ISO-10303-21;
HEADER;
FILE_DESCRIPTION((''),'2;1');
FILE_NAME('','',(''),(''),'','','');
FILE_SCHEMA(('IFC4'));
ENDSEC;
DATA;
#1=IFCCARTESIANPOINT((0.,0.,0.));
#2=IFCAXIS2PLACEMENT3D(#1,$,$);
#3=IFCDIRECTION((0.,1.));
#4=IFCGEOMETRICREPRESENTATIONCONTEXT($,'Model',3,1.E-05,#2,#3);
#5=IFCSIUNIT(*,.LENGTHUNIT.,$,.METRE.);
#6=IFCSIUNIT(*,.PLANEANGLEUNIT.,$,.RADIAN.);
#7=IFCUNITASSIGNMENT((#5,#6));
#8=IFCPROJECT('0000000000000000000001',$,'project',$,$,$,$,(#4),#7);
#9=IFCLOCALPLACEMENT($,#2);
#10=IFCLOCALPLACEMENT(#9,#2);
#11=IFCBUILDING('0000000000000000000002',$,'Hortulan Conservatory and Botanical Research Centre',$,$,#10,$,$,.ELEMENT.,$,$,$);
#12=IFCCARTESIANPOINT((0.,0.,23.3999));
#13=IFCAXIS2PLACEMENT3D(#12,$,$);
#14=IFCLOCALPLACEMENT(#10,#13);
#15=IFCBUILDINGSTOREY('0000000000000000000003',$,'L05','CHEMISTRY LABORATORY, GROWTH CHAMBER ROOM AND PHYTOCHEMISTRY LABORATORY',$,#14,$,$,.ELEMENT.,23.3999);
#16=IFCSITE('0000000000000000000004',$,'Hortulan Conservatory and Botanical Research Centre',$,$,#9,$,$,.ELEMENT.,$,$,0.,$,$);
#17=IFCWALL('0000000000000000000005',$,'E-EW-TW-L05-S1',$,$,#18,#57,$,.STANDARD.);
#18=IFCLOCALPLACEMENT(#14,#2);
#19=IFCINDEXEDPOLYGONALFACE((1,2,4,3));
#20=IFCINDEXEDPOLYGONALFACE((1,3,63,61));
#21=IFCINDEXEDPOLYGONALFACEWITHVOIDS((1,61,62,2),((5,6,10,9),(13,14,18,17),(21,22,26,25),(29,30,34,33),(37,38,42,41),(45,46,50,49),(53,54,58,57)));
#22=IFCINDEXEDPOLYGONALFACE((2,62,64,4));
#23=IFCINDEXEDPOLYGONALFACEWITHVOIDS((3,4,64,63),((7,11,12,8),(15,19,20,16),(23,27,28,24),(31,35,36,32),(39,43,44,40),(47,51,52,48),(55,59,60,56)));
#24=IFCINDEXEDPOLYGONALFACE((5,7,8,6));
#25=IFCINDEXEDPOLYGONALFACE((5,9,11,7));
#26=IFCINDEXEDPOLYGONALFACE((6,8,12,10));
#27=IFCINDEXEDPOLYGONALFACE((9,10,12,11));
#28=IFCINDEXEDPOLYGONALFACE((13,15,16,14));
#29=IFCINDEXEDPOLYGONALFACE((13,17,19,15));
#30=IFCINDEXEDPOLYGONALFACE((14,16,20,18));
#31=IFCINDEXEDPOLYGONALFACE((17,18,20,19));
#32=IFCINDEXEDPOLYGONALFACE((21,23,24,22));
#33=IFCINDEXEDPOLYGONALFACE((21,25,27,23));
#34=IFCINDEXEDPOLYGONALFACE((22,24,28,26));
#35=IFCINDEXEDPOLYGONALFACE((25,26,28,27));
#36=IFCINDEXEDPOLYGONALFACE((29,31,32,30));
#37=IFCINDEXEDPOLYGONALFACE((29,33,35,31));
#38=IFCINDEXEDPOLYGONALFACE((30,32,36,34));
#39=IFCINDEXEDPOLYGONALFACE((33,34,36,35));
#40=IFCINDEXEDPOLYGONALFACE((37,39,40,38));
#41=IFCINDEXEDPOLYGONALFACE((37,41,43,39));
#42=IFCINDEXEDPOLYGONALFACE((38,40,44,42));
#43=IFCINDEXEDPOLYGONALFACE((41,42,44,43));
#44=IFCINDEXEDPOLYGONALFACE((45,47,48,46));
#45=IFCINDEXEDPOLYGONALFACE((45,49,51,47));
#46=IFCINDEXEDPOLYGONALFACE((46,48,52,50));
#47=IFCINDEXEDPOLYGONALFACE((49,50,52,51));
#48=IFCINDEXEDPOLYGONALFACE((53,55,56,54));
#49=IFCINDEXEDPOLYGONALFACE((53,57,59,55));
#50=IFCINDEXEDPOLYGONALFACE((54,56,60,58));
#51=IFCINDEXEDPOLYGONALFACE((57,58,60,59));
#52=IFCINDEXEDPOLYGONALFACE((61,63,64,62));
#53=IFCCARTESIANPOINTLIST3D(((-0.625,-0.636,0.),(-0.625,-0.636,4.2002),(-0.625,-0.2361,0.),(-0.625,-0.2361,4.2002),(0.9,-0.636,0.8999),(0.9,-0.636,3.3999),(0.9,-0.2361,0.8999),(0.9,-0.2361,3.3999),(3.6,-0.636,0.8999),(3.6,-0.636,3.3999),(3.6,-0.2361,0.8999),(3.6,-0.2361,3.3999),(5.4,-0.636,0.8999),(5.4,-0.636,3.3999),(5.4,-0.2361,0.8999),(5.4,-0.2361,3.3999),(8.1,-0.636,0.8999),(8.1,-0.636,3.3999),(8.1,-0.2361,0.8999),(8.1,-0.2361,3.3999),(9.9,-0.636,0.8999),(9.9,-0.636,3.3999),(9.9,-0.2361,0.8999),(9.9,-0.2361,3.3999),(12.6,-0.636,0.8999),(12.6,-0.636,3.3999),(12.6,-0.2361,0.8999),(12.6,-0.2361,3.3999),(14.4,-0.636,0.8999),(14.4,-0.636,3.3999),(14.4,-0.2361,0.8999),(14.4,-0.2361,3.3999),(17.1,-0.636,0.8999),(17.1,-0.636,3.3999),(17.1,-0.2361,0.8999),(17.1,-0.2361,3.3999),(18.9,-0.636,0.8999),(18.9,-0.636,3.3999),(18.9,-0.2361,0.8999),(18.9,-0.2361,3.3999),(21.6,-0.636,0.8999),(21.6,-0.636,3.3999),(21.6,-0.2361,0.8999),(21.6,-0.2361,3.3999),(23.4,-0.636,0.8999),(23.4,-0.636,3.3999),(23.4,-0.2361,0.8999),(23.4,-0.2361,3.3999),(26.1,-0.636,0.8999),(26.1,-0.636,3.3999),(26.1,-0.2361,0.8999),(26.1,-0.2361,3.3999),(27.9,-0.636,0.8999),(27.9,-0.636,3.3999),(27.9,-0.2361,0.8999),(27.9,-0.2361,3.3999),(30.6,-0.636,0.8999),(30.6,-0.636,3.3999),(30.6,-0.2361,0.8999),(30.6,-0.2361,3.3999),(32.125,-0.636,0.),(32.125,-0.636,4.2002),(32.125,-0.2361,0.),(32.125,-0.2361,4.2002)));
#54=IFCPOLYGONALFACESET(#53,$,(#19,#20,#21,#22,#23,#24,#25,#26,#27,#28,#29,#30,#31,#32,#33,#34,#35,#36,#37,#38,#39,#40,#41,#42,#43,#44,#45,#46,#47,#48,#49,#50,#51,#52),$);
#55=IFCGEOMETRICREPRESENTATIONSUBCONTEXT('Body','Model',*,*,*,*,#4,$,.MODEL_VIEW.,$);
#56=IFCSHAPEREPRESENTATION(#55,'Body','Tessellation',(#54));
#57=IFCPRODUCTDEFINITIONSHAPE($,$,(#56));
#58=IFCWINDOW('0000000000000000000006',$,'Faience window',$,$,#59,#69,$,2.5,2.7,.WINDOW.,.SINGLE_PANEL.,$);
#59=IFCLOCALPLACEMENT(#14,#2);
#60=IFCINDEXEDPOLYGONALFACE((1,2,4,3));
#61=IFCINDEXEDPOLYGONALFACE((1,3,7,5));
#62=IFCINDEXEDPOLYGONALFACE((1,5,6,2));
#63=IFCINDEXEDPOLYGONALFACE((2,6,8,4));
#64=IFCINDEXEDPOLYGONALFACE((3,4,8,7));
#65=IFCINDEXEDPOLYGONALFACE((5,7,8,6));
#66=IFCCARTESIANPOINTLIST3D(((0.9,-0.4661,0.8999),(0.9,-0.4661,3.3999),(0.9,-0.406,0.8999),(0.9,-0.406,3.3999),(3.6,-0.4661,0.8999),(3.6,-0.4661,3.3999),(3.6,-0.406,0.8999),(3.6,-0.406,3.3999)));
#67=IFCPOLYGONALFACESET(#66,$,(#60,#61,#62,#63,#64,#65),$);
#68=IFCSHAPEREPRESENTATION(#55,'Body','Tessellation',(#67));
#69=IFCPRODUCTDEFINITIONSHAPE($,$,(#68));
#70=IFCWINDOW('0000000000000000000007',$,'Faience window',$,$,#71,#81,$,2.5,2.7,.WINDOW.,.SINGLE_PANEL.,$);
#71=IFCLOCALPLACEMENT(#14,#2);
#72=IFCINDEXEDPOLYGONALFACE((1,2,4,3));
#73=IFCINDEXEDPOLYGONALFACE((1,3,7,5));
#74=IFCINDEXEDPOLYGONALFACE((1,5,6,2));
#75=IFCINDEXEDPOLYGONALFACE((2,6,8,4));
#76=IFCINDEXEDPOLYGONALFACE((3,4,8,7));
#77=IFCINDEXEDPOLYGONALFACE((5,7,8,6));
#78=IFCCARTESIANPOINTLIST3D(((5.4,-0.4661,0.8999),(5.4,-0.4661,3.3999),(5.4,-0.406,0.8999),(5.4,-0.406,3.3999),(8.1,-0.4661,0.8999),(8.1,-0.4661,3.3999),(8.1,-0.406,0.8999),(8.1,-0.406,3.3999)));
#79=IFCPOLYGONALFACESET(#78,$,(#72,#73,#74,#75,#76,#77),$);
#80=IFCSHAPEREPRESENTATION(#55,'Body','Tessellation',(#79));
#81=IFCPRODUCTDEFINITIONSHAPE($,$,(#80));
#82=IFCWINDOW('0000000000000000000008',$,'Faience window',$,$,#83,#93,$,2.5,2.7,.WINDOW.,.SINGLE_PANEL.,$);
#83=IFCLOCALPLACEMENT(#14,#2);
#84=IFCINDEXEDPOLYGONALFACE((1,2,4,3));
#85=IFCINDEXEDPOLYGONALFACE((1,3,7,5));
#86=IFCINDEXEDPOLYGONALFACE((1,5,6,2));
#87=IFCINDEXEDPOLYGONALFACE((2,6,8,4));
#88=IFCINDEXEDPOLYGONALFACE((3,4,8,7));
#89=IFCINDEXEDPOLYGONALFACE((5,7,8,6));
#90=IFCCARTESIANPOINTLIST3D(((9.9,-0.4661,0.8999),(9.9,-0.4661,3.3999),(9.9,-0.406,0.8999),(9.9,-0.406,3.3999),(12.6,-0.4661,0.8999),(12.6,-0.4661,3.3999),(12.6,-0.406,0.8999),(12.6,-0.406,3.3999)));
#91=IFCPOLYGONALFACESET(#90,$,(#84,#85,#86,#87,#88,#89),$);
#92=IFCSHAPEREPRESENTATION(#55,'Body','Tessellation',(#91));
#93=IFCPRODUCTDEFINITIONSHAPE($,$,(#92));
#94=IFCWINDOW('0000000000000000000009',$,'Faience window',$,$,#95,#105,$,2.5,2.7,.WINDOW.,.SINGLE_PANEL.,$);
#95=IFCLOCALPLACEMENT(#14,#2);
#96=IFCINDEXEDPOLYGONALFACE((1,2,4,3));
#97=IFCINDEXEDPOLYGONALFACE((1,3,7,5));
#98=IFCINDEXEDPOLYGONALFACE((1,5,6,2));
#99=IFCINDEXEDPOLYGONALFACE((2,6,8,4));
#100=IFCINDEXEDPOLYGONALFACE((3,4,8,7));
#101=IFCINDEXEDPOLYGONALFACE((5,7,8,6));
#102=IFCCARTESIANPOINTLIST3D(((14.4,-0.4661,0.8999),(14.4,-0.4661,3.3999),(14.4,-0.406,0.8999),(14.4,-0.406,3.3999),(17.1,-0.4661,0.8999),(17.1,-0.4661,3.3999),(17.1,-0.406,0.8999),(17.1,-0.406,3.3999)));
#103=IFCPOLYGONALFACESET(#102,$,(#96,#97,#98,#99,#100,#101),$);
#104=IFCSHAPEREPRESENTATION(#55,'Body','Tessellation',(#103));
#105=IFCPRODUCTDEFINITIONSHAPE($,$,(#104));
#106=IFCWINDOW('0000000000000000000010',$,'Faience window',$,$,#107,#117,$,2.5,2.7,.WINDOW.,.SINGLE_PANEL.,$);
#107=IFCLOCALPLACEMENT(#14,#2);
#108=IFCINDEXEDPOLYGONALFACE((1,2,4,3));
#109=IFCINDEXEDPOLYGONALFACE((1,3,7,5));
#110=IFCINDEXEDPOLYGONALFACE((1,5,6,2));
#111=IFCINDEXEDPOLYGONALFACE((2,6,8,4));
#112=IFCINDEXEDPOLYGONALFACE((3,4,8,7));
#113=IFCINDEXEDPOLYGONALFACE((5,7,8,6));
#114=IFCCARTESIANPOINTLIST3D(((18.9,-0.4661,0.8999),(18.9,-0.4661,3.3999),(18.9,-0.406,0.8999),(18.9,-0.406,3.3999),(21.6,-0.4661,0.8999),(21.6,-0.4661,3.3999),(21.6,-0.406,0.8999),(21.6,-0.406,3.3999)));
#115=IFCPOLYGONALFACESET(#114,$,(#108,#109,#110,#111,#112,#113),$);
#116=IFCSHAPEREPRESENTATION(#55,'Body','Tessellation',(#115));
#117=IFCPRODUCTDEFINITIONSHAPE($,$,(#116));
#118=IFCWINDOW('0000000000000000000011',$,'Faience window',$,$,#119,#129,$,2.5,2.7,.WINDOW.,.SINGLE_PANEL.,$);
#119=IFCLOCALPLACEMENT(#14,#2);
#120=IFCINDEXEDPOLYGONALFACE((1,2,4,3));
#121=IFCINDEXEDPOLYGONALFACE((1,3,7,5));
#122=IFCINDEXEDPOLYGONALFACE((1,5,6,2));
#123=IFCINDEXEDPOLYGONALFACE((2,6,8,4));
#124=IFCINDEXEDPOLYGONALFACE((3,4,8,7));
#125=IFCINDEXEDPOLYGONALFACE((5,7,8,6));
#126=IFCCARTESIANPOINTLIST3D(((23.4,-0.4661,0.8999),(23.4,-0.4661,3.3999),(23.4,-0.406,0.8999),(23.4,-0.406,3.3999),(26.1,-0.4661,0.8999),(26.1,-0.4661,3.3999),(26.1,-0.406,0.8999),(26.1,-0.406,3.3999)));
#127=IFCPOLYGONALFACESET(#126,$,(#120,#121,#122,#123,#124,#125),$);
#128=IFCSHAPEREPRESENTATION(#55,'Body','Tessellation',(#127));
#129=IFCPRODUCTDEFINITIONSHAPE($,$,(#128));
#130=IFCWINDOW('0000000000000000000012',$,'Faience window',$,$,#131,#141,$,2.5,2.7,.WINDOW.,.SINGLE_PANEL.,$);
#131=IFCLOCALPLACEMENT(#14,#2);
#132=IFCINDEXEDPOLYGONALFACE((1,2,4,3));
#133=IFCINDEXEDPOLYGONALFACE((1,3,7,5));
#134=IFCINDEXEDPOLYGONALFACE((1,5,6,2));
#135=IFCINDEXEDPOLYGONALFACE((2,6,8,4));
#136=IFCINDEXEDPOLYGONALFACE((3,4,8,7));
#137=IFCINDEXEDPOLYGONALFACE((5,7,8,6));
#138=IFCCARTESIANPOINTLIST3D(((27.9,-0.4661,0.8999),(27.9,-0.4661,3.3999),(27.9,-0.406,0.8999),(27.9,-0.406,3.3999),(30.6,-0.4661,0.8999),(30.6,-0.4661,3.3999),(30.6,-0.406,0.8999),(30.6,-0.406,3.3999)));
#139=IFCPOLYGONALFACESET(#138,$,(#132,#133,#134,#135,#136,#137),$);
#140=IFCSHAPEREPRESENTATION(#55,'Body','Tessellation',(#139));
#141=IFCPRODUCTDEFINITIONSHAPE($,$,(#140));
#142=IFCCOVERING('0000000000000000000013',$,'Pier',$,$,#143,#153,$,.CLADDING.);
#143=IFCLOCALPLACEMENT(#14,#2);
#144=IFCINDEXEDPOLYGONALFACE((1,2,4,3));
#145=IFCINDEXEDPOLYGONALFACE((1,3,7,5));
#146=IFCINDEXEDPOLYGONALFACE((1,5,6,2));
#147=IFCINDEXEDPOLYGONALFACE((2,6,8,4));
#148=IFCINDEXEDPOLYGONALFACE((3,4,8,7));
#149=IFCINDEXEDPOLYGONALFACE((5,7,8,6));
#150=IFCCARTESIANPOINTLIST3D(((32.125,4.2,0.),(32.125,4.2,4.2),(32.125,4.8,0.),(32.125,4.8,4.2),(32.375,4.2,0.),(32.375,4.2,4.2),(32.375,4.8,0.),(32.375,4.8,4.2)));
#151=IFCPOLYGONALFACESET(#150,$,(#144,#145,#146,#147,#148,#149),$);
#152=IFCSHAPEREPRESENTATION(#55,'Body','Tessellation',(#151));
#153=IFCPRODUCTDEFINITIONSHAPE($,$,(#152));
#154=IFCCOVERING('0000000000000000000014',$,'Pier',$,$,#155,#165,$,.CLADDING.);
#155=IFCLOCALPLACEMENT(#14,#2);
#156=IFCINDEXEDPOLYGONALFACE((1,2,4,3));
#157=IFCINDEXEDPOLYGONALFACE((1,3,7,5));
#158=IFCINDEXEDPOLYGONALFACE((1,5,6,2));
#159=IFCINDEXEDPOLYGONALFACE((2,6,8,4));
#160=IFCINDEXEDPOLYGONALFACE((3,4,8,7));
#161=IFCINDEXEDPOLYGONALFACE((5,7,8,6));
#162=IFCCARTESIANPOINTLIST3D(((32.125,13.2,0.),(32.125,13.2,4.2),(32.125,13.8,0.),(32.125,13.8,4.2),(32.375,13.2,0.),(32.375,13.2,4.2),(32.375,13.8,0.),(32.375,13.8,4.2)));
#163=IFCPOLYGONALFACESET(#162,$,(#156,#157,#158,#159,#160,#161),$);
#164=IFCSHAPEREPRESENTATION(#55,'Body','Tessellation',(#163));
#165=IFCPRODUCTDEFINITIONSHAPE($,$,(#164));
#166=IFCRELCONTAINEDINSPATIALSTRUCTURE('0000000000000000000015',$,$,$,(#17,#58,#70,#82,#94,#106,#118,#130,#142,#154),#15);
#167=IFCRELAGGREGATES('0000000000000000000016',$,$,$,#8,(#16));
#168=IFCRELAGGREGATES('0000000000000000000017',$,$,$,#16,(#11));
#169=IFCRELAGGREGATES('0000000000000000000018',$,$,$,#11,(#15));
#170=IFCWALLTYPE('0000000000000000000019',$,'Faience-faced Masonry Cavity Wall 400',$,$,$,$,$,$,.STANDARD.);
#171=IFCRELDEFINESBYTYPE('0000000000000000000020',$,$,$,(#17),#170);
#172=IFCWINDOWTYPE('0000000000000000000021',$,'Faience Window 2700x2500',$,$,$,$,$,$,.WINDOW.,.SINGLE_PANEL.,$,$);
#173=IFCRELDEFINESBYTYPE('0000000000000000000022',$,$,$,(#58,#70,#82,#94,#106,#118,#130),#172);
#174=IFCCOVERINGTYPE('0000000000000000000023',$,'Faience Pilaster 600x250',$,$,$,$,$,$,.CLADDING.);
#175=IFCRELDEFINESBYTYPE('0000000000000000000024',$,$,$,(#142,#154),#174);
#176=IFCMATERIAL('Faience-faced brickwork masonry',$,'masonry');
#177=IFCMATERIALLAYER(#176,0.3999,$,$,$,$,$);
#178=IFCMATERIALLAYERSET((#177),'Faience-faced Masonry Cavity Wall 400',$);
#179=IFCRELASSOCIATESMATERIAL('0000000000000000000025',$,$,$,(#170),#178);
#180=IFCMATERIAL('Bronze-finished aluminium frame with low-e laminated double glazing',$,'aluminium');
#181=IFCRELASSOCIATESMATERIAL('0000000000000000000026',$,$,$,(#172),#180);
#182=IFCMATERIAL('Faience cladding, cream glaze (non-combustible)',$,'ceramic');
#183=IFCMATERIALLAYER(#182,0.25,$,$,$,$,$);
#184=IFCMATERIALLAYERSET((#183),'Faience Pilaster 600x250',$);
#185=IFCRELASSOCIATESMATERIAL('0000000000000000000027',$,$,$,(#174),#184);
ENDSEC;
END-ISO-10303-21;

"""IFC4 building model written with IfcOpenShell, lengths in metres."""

from ifc_helpers import new_model, si_unit, direction, frame, frame_2d, origin, origin_2d, place, context, subcontext, project, spatial, rectangle, extrude, material, layer, layer_set, type_object, element, fill, save


model = new_model("IFC4")

# Units and contexts
model_context = context("Model", 3, precision=1e-05, world=origin(), true_north=direction((0.0, 1.0)))
body_context = subcontext(model_context, "Body", "Model", "MODEL_VIEW")
ifc_project = project(units=[si_unit("LENGTHUNIT", "METRE"), si_unit("PLANEANGLEUNIT", "RADIAN")], contexts=[model_context])

# Site, building, storey
site_placement = place(None, origin())
site = spatial("IfcSite", under=ifc_project, at=site_placement, Name="Hortulan Conservatory and Botanical Research Centre", CompositionType="ELEMENT", RefElevation=0.0)
building_placement = place(site_placement, origin())
building = spatial("IfcBuilding", under=site, at=building_placement, Name="Hortulan Conservatory and Botanical Research Centre", CompositionType="ELEMENT")
storey_placement = place(building_placement, frame((0.0, 0.0, 23.3999)))
storey = spatial("IfcBuildingStorey", under=building, at=storey_placement, Name="L05", Description="CHEMISTRY LABORATORY, GROWTH CHAMBER ROOM AND PHYTOCHEMISTRY LABORATORY", CompositionType="ELEMENT", Elevation=23.3999)

# Wall, openings, windows
ifc_material_1 = material(Name="Faience-faced brickwork masonry", Category="masonry")
ifc_layer_1 = layer(ifc_material_1, 0.3999)
ifc_layer_set_1 = layer_set([ifc_layer_1], Name="Faience-faced Masonry Cavity Wall 400")
wall_type = type_object("IfcWallType", Name="Faience-faced Masonry Cavity Wall 400", PredefinedType="STANDARD", material=ifc_layer_set_1)
wall_placement = place(storey_placement, frame((32.125, -0.436, 0.0), z_axis=(0.0, 0.0, 1.0), x_axis=(-1.0, 0.0, 0.0)))
wall = element("IfcWall", 1, at=wall_placement, inside=storey, type_object=wall_type, Name="E-EW-TW-L05-S1", PredefinedType="STANDARD", context=body_context, shape_type="SweptSolid", body=[
    extrude(rectangle(XDim=32.75, YDim=0.3999, at=frame_2d((16.375, 0.0))), origin(), (0.0, 0.0, 1.0), 4.2002),
])
opening_1_placement = place(wall_placement, frame((28.5249, 0.0, 0.8999)))
opening_1 = element("IfcOpeningElement", 2, at=opening_1_placement, cuts=wall, PredefinedType="OPENING", context=body_context, shape_type="SweptSolid", body=[
    extrude(rectangle(XDim=2.7, YDim=2.5, at=frame_2d((1.3501, 1.25))), frame((0.0, 0.21, 0.0), z_axis=(0.0, -1.0, 0.0), x_axis=(1.0, 0.0, 0.0)), (0.0, 0.0, 1.0), 0.4199),
])
opening_2_placement = place(wall_placement, frame((24.0249, 0.0, 0.8999)))
opening_2 = element("IfcOpeningElement", 3, at=opening_2_placement, cuts=wall, PredefinedType="OPENING", context=body_context, shape_type="SweptSolid", body=[
    extrude(rectangle(XDim=2.7, YDim=2.5, at=frame_2d((1.3501, 1.25))), frame((0.0, 0.21, 0.0), z_axis=(0.0, -1.0, 0.0), x_axis=(1.0, 0.0, 0.0)), (0.0, 0.0, 1.0), 0.4199),
])
opening_3_placement = place(wall_placement, frame((19.5249, 0.0, 0.8999)))
opening_3 = element("IfcOpeningElement", 4, at=opening_3_placement, cuts=wall, PredefinedType="OPENING", context=body_context, shape_type="SweptSolid", body=[
    extrude(rectangle(XDim=2.7, YDim=2.5, at=frame_2d((1.3501, 1.25))), frame((0.0, 0.21, 0.0), z_axis=(0.0, -1.0, 0.0), x_axis=(1.0, 0.0, 0.0)), (0.0, 0.0, 1.0), 0.4199),
])
opening_4_placement = place(wall_placement, frame((15.0249, 0.0, 0.8999)))
opening_4 = element("IfcOpeningElement", 5, at=opening_4_placement, cuts=wall, PredefinedType="OPENING", context=body_context, shape_type="SweptSolid", body=[
    extrude(rectangle(XDim=2.7, YDim=2.5, at=frame_2d((1.3501, 1.25))), frame((0.0, 0.21, 0.0), z_axis=(0.0, -1.0, 0.0), x_axis=(1.0, 0.0, 0.0)), (0.0, 0.0, 1.0), 0.4199),
])
opening_5_placement = place(wall_placement, frame((10.5249, 0.0, 0.8999)))
opening_5 = element("IfcOpeningElement", 6, at=opening_5_placement, cuts=wall, PredefinedType="OPENING", context=body_context, shape_type="SweptSolid", body=[
    extrude(rectangle(XDim=2.7, YDim=2.5, at=frame_2d((1.3501, 1.25))), frame((0.0, 0.21, 0.0), z_axis=(0.0, -1.0, 0.0), x_axis=(1.0, 0.0, 0.0)), (0.0, 0.0, 1.0), 0.4199),
])
opening_6_placement = place(wall_placement, frame((6.0249, 0.0, 0.8999)))
opening_6 = element("IfcOpeningElement", 7, at=opening_6_placement, cuts=wall, PredefinedType="OPENING", context=body_context, shape_type="SweptSolid", body=[
    extrude(rectangle(XDim=2.7, YDim=2.5, at=frame_2d((1.3501, 1.25))), frame((0.0, 0.21, 0.0), z_axis=(0.0, -1.0, 0.0), x_axis=(1.0, 0.0, 0.0)), (0.0, 0.0, 1.0), 0.4199),
])
opening_7_placement = place(wall_placement, frame((1.5249, 0.0, 0.8999)))
opening_7 = element("IfcOpeningElement", 8, at=opening_7_placement, cuts=wall, PredefinedType="OPENING", context=body_context, shape_type="SweptSolid", body=[
    extrude(rectangle(XDim=2.7, YDim=2.5, at=frame_2d((1.3501, 1.25))), frame((0.0, 0.21, 0.0), z_axis=(0.0, -1.0, 0.0), x_axis=(1.0, 0.0, 0.0)), (0.0, 0.0, 1.0), 0.4199),
])
ifc_material_2 = material(Name="Bronze-finished aluminium frame with low-e laminated double glazing", Category="aluminium")
window_type = type_object("IfcWindowType", Name="Faience Window 2700x2500", PartitioningType="SINGLE_PANEL", PredefinedType="WINDOW", material=ifc_material_2)
window_1_placement = place(opening_1_placement, origin())
window_1 = element("IfcWindow", 9, at=window_1_placement, inside=storey, type_object=window_type, Name="Faience window", OverallHeight=2.5, OverallWidth=2.7, PartitioningType="SINGLE_PANEL", PredefinedType="WINDOW", context=body_context, shape_type="SweptSolid", body=[
    extrude(rectangle(XDim=2.7, YDim=2.5, at=frame_2d((1.3501, 1.25))), frame((0.0, 0.03, 0.0), z_axis=(0.0, -1.0, 0.0), x_axis=(1.0, 0.0, 0.0)), (0.0, 0.0, 1.0), 0.0601),
])
fill(opening_1, window_1)
window_2_placement = place(opening_2_placement, origin())
window_2 = element("IfcWindow", 10, at=window_2_placement, inside=storey, type_object=window_type, Name="Faience window", OverallHeight=2.5, OverallWidth=2.7, PartitioningType="SINGLE_PANEL", PredefinedType="WINDOW", context=body_context, shape_type="SweptSolid", body=[
    extrude(rectangle(XDim=2.7, YDim=2.5, at=frame_2d((1.3501, 1.25))), frame((0.0, 0.03, 0.0), z_axis=(0.0, -1.0, 0.0), x_axis=(1.0, 0.0, 0.0)), (0.0, 0.0, 1.0), 0.0601),
])
fill(opening_2, window_2)
window_3_placement = place(opening_3_placement, origin())
window_3 = element("IfcWindow", 11, at=window_3_placement, inside=storey, type_object=window_type, Name="Faience window", OverallHeight=2.5, OverallWidth=2.7, PartitioningType="SINGLE_PANEL", PredefinedType="WINDOW", context=body_context, shape_type="SweptSolid", body=[
    extrude(rectangle(XDim=2.7, YDim=2.5, at=frame_2d((1.3501, 1.25))), frame((0.0, 0.03, 0.0), z_axis=(0.0, -1.0, 0.0), x_axis=(1.0, 0.0, 0.0)), (0.0, 0.0, 1.0), 0.0601),
])
fill(opening_3, window_3)
window_4_placement = place(opening_4_placement, origin())
window_4 = element("IfcWindow", 12, at=window_4_placement, inside=storey, type_object=window_type, Name="Faience window", OverallHeight=2.5, OverallWidth=2.7, PartitioningType="SINGLE_PANEL", PredefinedType="WINDOW", context=body_context, shape_type="SweptSolid", body=[
    extrude(rectangle(XDim=2.7, YDim=2.5, at=frame_2d((1.3501, 1.25))), frame((0.0, 0.03, 0.0), z_axis=(0.0, -1.0, 0.0), x_axis=(1.0, 0.0, 0.0)), (0.0, 0.0, 1.0), 0.0601),
])
fill(opening_4, window_4)
window_5_placement = place(opening_5_placement, origin())
window_5 = element("IfcWindow", 13, at=window_5_placement, inside=storey, type_object=window_type, Name="Faience window", OverallHeight=2.5, OverallWidth=2.7, PartitioningType="SINGLE_PANEL", PredefinedType="WINDOW", context=body_context, shape_type="SweptSolid", body=[
    extrude(rectangle(XDim=2.7, YDim=2.5, at=frame_2d((1.3501, 1.25))), frame((0.0, 0.03, 0.0), z_axis=(0.0, -1.0, 0.0), x_axis=(1.0, 0.0, 0.0)), (0.0, 0.0, 1.0), 0.0601),
])
fill(opening_5, window_5)
window_6_placement = place(opening_6_placement, origin())
window_6 = element("IfcWindow", 14, at=window_6_placement, inside=storey, type_object=window_type, Name="Faience window", OverallHeight=2.5, OverallWidth=2.7, PartitioningType="SINGLE_PANEL", PredefinedType="WINDOW", context=body_context, shape_type="SweptSolid", body=[
    extrude(rectangle(XDim=2.7, YDim=2.5, at=frame_2d((1.3501, 1.25))), frame((0.0, 0.03, 0.0), z_axis=(0.0, -1.0, 0.0), x_axis=(1.0, 0.0, 0.0)), (0.0, 0.0, 1.0), 0.0601),
])
fill(opening_6, window_6)
window_7_placement = place(opening_7_placement, origin())
window_7 = element("IfcWindow", 15, at=window_7_placement, inside=storey, type_object=window_type, Name="Faience window", OverallHeight=2.5, OverallWidth=2.7, PartitioningType="SINGLE_PANEL", PredefinedType="WINDOW", context=body_context, shape_type="SweptSolid", body=[
    extrude(rectangle(XDim=2.7, YDim=2.5, at=frame_2d((1.3501, 1.25))), frame((0.0, 0.03, 0.0), z_axis=(0.0, -1.0, 0.0), x_axis=(1.0, 0.0, 0.0)), (0.0, 0.0, 1.0), 0.0601),
])
fill(opening_7, window_7)

# Coverings
ifc_material_3 = material(Name="Faience cladding, cream glaze (non-combustible)", Category="ceramic")
ifc_layer_2 = layer(ifc_material_3, 0.25)
ifc_layer_set_2 = layer_set([ifc_layer_2], Name="Faience Pilaster 600x250")
covering_type = type_object("IfcCoveringType", Name="Faience Pilaster 600x250", PredefinedType="CLADDING", material=ifc_layer_set_2)
for number, where, z_axis, x_axis, name in (
    (16, (32.25, 4.5, 0.0), (0.0, 0.0, 1.0), (0.0, 1.0, 0.0), "Pier"),
    (17, (32.25, 13.5, 0.0), (0.0, 0.0, 1.0), (0.0, 1.0, 0.0), "Pier"),
):
    element("IfcCovering", number, at=place(storey_placement, frame(where, z_axis=z_axis, x_axis=x_axis)), inside=storey, type_object=covering_type, Name=name, PredefinedType="CLADDING", context=body_context, shape_type="SweptSolid", body=[
        extrude(rectangle(XDim=0.6001, YDim=0.25, at=origin_2d()), origin(), (0.0, 0.0, 1.0), 4.2),
    ])

save(model, "model.ifc")
